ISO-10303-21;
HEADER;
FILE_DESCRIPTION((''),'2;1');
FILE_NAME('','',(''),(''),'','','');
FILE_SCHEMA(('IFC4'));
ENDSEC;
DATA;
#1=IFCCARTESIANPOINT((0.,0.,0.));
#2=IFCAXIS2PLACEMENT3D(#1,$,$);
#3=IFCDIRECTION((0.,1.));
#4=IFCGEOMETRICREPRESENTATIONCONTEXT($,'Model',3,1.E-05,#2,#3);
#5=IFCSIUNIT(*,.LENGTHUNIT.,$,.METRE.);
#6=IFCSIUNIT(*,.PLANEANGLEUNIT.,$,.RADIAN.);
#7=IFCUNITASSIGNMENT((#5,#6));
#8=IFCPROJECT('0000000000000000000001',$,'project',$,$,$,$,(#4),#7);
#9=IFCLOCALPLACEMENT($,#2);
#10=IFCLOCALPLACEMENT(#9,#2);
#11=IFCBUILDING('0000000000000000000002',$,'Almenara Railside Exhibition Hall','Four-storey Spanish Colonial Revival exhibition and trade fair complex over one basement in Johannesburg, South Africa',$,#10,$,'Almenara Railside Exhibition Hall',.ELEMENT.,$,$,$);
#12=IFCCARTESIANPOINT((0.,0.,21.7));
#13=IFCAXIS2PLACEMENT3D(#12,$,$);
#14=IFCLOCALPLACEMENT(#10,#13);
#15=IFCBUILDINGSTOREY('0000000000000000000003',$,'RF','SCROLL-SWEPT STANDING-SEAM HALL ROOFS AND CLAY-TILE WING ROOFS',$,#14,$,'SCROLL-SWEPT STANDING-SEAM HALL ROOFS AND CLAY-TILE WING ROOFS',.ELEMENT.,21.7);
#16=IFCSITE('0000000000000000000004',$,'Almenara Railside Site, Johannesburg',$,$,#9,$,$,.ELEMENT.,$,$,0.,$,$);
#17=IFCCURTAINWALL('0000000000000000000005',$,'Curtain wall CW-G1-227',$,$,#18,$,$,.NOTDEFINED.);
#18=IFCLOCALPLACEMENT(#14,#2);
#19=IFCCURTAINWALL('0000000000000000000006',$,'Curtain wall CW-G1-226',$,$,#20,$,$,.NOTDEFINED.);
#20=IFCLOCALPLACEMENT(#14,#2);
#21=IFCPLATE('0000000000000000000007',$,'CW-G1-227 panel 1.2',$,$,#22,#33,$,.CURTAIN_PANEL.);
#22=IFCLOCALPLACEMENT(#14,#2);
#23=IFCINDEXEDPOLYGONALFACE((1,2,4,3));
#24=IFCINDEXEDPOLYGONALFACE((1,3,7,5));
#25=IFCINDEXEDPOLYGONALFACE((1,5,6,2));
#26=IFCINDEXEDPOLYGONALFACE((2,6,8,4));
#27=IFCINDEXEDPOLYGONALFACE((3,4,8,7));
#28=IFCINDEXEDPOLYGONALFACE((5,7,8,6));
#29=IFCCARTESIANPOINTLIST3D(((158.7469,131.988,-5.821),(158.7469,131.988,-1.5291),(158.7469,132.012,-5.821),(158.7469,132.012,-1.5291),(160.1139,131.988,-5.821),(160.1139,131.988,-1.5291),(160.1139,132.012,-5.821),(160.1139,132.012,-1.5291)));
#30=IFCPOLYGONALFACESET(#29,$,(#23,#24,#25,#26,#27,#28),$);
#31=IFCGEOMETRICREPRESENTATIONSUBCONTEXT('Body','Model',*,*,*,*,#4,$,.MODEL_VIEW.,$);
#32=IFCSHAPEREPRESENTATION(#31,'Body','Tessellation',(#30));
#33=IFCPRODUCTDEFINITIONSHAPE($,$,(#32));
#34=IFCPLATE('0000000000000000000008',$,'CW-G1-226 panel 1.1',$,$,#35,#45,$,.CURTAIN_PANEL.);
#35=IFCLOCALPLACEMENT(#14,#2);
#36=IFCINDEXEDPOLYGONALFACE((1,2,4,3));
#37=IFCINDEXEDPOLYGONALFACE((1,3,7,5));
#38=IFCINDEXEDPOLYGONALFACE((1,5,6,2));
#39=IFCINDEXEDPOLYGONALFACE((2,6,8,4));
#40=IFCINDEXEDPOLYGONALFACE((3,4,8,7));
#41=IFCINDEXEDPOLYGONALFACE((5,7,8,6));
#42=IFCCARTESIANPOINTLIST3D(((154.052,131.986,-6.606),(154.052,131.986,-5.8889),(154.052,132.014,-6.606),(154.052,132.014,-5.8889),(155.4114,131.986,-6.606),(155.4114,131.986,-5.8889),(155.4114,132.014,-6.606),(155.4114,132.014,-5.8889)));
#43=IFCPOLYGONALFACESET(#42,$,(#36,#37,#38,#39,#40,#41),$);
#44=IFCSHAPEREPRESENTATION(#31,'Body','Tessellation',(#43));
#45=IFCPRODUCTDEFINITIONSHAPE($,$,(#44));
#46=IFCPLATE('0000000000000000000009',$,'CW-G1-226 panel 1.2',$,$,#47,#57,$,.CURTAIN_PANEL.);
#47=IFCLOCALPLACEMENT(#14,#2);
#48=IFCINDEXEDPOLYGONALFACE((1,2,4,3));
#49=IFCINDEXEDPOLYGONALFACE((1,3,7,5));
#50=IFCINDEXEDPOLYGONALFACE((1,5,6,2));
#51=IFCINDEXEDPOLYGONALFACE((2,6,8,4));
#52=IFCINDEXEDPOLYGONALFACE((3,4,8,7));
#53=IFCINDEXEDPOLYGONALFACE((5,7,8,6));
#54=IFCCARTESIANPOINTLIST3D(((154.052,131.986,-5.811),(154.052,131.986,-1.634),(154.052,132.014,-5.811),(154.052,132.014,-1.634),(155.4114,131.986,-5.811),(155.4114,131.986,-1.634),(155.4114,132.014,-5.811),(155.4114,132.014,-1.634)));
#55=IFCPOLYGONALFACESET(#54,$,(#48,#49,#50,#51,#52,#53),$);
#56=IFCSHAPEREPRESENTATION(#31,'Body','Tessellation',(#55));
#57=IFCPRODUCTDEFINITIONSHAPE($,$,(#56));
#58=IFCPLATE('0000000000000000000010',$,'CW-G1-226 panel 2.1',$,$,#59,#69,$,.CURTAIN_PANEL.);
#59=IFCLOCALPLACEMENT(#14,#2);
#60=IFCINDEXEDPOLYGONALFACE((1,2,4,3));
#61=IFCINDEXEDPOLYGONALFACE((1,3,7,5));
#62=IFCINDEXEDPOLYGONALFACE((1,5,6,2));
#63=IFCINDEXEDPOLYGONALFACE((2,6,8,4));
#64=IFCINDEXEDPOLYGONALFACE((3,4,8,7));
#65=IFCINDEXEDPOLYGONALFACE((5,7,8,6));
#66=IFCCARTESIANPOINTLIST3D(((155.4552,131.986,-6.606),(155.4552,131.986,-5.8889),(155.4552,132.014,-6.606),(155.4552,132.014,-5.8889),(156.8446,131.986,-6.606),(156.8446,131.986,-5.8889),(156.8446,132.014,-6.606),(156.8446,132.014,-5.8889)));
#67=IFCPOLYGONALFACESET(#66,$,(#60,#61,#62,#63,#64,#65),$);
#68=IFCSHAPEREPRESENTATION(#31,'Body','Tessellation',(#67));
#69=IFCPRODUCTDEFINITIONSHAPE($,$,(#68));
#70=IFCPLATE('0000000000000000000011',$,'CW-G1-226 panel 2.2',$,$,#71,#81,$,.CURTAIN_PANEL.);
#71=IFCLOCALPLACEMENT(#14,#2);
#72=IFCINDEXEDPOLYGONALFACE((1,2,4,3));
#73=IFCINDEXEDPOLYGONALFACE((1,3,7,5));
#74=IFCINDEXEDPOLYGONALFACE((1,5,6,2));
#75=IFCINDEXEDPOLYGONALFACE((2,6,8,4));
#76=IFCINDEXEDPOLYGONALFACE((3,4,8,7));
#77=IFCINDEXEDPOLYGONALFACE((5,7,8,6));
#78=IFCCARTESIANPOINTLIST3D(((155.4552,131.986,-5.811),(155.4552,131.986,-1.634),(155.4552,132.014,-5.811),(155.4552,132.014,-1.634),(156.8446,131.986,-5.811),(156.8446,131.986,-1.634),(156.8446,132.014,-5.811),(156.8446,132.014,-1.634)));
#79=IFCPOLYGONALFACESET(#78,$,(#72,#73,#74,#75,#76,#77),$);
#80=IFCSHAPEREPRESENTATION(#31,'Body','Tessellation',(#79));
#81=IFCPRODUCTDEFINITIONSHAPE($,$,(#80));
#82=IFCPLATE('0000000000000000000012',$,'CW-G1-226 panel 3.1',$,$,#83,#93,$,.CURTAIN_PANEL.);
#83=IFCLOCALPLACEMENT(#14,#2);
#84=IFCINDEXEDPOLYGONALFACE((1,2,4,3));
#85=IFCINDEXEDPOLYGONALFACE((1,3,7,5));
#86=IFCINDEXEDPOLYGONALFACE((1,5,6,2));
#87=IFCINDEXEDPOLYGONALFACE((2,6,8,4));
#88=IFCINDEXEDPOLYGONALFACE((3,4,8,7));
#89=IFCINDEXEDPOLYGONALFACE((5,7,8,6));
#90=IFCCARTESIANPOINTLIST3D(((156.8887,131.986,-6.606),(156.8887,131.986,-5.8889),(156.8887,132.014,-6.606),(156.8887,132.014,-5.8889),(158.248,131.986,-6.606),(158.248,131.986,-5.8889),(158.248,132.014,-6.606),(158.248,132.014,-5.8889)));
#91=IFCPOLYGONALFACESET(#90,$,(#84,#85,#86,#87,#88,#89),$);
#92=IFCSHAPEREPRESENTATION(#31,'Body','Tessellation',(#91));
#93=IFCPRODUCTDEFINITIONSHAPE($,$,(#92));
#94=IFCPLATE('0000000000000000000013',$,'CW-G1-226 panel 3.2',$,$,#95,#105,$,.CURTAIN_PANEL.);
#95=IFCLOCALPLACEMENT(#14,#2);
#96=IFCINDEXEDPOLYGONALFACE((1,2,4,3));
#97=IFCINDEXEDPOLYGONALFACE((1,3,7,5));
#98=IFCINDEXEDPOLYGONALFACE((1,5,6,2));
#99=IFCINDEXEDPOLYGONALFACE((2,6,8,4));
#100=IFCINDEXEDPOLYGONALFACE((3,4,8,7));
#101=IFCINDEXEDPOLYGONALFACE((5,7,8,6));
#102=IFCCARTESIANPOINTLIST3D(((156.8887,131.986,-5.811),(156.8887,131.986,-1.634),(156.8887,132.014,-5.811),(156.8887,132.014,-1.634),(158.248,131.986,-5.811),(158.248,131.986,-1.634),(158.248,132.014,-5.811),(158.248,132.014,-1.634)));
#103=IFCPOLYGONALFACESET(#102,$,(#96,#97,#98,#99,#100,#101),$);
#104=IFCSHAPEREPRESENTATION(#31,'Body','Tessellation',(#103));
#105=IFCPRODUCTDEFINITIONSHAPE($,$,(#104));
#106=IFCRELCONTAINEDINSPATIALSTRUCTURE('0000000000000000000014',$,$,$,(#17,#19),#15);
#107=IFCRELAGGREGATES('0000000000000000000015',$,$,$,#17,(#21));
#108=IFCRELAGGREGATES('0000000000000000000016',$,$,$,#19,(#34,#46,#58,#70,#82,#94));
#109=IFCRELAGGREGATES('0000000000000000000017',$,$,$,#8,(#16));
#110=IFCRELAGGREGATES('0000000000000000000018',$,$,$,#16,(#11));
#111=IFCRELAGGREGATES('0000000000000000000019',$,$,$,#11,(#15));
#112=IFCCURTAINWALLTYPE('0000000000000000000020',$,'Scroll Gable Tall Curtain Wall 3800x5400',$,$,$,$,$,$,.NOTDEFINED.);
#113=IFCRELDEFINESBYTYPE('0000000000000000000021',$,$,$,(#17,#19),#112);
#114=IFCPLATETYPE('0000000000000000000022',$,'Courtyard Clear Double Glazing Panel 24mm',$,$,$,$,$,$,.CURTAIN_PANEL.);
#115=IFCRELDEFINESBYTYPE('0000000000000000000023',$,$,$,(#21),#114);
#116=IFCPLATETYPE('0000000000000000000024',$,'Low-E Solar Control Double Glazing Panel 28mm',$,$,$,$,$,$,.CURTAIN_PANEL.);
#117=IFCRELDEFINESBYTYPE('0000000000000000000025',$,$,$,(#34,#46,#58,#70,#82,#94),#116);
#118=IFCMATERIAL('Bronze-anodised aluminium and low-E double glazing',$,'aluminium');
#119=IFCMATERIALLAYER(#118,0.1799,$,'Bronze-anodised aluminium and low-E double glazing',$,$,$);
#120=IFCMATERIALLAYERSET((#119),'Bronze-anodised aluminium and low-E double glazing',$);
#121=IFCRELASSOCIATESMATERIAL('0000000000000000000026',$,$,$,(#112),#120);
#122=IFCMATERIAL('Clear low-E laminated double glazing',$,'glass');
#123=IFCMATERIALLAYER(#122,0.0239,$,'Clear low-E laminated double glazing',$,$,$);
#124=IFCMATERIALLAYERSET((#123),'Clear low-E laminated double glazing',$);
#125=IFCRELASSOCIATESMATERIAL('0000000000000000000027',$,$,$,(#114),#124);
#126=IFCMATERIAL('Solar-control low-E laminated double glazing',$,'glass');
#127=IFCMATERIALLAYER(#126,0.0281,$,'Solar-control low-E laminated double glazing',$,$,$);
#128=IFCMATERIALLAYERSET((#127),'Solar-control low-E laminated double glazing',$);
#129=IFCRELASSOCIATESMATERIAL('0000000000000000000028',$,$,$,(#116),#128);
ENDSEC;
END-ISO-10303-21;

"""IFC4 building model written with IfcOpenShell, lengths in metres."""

from ifc_helpers import new_model, si_unit, direction, frame, origin, origin_2d, place, context, subcontext, project, spatial, rectangle, extrude, material, layer, layer_set, type_object, element, aggregate, save


model = new_model("IFC4")

# Units and contexts
model_context = context("Model", 3, precision=1e-05, world=origin(), true_north=direction((0.0, 1.0)))
body_context = subcontext(model_context, "Body", "Model", "MODEL_VIEW")
ifc_project = project(units=[si_unit("LENGTHUNIT", "METRE"), si_unit("PLANEANGLEUNIT", "RADIAN")], contexts=[model_context])

# Site, building, storey
site_placement = place(None, origin())
site = spatial("IfcSite", under=ifc_project, at=site_placement, Name="Almenara Railside Site, Johannesburg", CompositionType="ELEMENT", RefElevation=0.0)
building_placement = place(site_placement, origin())
building = spatial("IfcBuilding", under=site, at=building_placement, Name="Almenara Railside Exhibition Hall", Description="Four-storey Spanish Colonial Revival exhibition and trade fair complex over one basement in Johannesburg, South Africa", LongName="Almenara Railside Exhibition Hall", CompositionType="ELEMENT")
storey_placement = place(building_placement, frame((0.0, 0.0, 21.7)))
storey = spatial("IfcBuildingStorey", under=building, at=storey_placement, Name="RF", Description="SCROLL-SWEPT STANDING-SEAM HALL ROOFS AND CLAY-TILE WING ROOFS", LongName="SCROLL-SWEPT STANDING-SEAM HALL ROOFS AND CLAY-TILE WING ROOFS", CompositionType="ELEMENT", Elevation=21.7)

# Curtain walls
ifc_material_1 = material(Name="Bronze-anodised aluminium and low-E double glazing", Category="aluminium")
ifc_layer_1 = layer(ifc_material_1, 0.1799, Name="Bronze-anodised aluminium and low-E double glazing")
ifc_layer_set_1 = layer_set([ifc_layer_1], Name="Bronze-anodised aluminium and low-E double glazing")
curtain_wall_type = type_object("IfcCurtainWallType", Name="Scroll Gable Tall Curtain Wall 3800x5400", PredefinedType="NOTDEFINED", material=ifc_layer_set_1)
curtain_wall_1_placement = place(storey_placement, origin())
curtain_wall_1 = element("IfcCurtainWall", 1, at=curtain_wall_1_placement, inside=storey, type_object=curtain_wall_type, Name="Curtain wall CW-G1-227", PredefinedType="NOTDEFINED")
curtain_wall_2_placement = place(storey_placement, origin())
curtain_wall_2 = element("IfcCurtainWall", 2, at=curtain_wall_2_placement, inside=storey, type_object=curtain_wall_type, Name="Curtain wall CW-G1-226", PredefinedType="NOTDEFINED")

# Plates
ifc_material_2 = material(Name="Clear low-E laminated double glazing", Category="glass")
ifc_layer_2 = layer(ifc_material_2, 0.0239, Name="Clear low-E laminated double glazing")
ifc_layer_set_2 = layer_set([ifc_layer_2], Name="Clear low-E laminated double glazing")
plate_type_1 = type_object("IfcPlateType", Name="Courtyard Clear Double Glazing Panel 24mm", PredefinedType="CURTAIN_PANEL", material=ifc_layer_set_2)
plate_1_placement = place(storey_placement, frame((159.4304, 132.0, -5.821), z_axis=(0.0, 0.0, 1.0), x_axis=(1.0, 0.0, 0.0)))
plate_1 = element("IfcPlate", 3, at=plate_1_placement, type_object=plate_type_1, Name="CW-G1-227 panel 1.2", PredefinedType="CURTAIN_PANEL", context=body_context, shape_type="SweptSolid", body=[
    extrude(rectangle(XDim=1.3669, YDim=0.0239, at=origin_2d()), origin(), (0.0, 0.0, 1.0), 4.292),
])
aggregate(curtain_wall_1, [plate_1])
ifc_material_3 = material(Name="Solar-control low-E laminated double glazing", Category="glass")
ifc_layer_3 = layer(ifc_material_3, 0.0281, Name="Solar-control low-E laminated double glazing")
ifc_layer_set_3 = layer_set([ifc_layer_3], Name="Solar-control low-E laminated double glazing")
plate_type_2 = type_object("IfcPlateType", Name="Low-E Solar Control Double Glazing Panel 28mm", PredefinedType="CURTAIN_PANEL", material=ifc_layer_set_3)
plate_2_placement = place(storey_placement, frame((154.7317, 132.0, -6.606), z_axis=(0.0, 0.0, 1.0), x_axis=(1.0, 0.0, 0.0)))
plate_2 = element("IfcPlate", 4, at=plate_2_placement, type_object=plate_type_2, Name="CW-G1-226 panel 1.1", PredefinedType="CURTAIN_PANEL", context=body_context, shape_type="SweptSolid", body=[
    extrude(rectangle(XDim=1.3594, YDim=0.0281, at=origin_2d()), origin(), (0.0, 0.0, 1.0), 0.717),
])
plate_3_placement = place(storey_placement, frame((154.7317, 132.0, -5.811), z_axis=(0.0, 0.0, 1.0), x_axis=(1.0, 0.0, 0.0)))
plate_3 = element("IfcPlate", 5, at=plate_3_placement, type_object=plate_type_2, Name="CW-G1-226 panel 1.2", PredefinedType="CURTAIN_PANEL", context=body_context, shape_type="SweptSolid", body=[
    extrude(rectangle(XDim=1.3594, YDim=0.0281, at=origin_2d()), origin(), (0.0, 0.0, 1.0), 4.177),
])
plate_4_placement = place(storey_placement, frame((156.1499, 132.0, -6.606), z_axis=(0.0, 0.0, 1.0), x_axis=(1.0, 0.0, 0.0)))
plate_4 = element("IfcPlate", 6, at=plate_4_placement, type_object=plate_type_2, Name="CW-G1-226 panel 2.1", PredefinedType="CURTAIN_PANEL", context=body_context, shape_type="SweptSolid", body=[
    extrude(rectangle(XDim=1.3894, YDim=0.0281, at=origin_2d()), origin(), (0.0, 0.0, 1.0), 0.717),
])
plate_5_placement = place(storey_placement, frame((156.1499, 132.0, -5.811), z_axis=(0.0, 0.0, 1.0), x_axis=(1.0, 0.0, 0.0)))
plate_5 = element("IfcPlate", 7, at=plate_5_placement, type_object=plate_type_2, Name="CW-G1-226 panel 2.2", PredefinedType="CURTAIN_PANEL", context=body_context, shape_type="SweptSolid", body=[
    extrude(rectangle(XDim=1.3894, YDim=0.0281, at=origin_2d()), origin(), (0.0, 0.0, 1.0), 4.177),
])
plate_6_placement = place(storey_placement, frame((157.5684, 132.0, -6.606), z_axis=(0.0, 0.0, 1.0), x_axis=(1.0, 0.0, 0.0)))
plate_6 = element("IfcPlate", 8, at=plate_6_placement, type_object=plate_type_2, Name="CW-G1-226 panel 3.1", PredefinedType="CURTAIN_PANEL", context=body_context, shape_type="SweptSolid", body=[
    extrude(rectangle(XDim=1.3594, YDim=0.0281, at=origin_2d()), origin(), (0.0, 0.0, 1.0), 0.717),
])
plate_7_placement = place(storey_placement, frame((157.5684, 132.0, -5.811), z_axis=(0.0, 0.0, 1.0), x_axis=(1.0, 0.0, 0.0)))
plate_7 = element("IfcPlate", 9, at=plate_7_placement, type_object=plate_type_2, Name="CW-G1-226 panel 3.2", PredefinedType="CURTAIN_PANEL", context=body_context, shape_type="SweptSolid", body=[
    extrude(rectangle(XDim=1.3594, YDim=0.0281, at=origin_2d()), origin(), (0.0, 0.0, 1.0), 4.177),
])
aggregate(curtain_wall_2, [plate_2, plate_3, plate_4, plate_5, plate_6, plate_7])

save(model, "model.ifc")
